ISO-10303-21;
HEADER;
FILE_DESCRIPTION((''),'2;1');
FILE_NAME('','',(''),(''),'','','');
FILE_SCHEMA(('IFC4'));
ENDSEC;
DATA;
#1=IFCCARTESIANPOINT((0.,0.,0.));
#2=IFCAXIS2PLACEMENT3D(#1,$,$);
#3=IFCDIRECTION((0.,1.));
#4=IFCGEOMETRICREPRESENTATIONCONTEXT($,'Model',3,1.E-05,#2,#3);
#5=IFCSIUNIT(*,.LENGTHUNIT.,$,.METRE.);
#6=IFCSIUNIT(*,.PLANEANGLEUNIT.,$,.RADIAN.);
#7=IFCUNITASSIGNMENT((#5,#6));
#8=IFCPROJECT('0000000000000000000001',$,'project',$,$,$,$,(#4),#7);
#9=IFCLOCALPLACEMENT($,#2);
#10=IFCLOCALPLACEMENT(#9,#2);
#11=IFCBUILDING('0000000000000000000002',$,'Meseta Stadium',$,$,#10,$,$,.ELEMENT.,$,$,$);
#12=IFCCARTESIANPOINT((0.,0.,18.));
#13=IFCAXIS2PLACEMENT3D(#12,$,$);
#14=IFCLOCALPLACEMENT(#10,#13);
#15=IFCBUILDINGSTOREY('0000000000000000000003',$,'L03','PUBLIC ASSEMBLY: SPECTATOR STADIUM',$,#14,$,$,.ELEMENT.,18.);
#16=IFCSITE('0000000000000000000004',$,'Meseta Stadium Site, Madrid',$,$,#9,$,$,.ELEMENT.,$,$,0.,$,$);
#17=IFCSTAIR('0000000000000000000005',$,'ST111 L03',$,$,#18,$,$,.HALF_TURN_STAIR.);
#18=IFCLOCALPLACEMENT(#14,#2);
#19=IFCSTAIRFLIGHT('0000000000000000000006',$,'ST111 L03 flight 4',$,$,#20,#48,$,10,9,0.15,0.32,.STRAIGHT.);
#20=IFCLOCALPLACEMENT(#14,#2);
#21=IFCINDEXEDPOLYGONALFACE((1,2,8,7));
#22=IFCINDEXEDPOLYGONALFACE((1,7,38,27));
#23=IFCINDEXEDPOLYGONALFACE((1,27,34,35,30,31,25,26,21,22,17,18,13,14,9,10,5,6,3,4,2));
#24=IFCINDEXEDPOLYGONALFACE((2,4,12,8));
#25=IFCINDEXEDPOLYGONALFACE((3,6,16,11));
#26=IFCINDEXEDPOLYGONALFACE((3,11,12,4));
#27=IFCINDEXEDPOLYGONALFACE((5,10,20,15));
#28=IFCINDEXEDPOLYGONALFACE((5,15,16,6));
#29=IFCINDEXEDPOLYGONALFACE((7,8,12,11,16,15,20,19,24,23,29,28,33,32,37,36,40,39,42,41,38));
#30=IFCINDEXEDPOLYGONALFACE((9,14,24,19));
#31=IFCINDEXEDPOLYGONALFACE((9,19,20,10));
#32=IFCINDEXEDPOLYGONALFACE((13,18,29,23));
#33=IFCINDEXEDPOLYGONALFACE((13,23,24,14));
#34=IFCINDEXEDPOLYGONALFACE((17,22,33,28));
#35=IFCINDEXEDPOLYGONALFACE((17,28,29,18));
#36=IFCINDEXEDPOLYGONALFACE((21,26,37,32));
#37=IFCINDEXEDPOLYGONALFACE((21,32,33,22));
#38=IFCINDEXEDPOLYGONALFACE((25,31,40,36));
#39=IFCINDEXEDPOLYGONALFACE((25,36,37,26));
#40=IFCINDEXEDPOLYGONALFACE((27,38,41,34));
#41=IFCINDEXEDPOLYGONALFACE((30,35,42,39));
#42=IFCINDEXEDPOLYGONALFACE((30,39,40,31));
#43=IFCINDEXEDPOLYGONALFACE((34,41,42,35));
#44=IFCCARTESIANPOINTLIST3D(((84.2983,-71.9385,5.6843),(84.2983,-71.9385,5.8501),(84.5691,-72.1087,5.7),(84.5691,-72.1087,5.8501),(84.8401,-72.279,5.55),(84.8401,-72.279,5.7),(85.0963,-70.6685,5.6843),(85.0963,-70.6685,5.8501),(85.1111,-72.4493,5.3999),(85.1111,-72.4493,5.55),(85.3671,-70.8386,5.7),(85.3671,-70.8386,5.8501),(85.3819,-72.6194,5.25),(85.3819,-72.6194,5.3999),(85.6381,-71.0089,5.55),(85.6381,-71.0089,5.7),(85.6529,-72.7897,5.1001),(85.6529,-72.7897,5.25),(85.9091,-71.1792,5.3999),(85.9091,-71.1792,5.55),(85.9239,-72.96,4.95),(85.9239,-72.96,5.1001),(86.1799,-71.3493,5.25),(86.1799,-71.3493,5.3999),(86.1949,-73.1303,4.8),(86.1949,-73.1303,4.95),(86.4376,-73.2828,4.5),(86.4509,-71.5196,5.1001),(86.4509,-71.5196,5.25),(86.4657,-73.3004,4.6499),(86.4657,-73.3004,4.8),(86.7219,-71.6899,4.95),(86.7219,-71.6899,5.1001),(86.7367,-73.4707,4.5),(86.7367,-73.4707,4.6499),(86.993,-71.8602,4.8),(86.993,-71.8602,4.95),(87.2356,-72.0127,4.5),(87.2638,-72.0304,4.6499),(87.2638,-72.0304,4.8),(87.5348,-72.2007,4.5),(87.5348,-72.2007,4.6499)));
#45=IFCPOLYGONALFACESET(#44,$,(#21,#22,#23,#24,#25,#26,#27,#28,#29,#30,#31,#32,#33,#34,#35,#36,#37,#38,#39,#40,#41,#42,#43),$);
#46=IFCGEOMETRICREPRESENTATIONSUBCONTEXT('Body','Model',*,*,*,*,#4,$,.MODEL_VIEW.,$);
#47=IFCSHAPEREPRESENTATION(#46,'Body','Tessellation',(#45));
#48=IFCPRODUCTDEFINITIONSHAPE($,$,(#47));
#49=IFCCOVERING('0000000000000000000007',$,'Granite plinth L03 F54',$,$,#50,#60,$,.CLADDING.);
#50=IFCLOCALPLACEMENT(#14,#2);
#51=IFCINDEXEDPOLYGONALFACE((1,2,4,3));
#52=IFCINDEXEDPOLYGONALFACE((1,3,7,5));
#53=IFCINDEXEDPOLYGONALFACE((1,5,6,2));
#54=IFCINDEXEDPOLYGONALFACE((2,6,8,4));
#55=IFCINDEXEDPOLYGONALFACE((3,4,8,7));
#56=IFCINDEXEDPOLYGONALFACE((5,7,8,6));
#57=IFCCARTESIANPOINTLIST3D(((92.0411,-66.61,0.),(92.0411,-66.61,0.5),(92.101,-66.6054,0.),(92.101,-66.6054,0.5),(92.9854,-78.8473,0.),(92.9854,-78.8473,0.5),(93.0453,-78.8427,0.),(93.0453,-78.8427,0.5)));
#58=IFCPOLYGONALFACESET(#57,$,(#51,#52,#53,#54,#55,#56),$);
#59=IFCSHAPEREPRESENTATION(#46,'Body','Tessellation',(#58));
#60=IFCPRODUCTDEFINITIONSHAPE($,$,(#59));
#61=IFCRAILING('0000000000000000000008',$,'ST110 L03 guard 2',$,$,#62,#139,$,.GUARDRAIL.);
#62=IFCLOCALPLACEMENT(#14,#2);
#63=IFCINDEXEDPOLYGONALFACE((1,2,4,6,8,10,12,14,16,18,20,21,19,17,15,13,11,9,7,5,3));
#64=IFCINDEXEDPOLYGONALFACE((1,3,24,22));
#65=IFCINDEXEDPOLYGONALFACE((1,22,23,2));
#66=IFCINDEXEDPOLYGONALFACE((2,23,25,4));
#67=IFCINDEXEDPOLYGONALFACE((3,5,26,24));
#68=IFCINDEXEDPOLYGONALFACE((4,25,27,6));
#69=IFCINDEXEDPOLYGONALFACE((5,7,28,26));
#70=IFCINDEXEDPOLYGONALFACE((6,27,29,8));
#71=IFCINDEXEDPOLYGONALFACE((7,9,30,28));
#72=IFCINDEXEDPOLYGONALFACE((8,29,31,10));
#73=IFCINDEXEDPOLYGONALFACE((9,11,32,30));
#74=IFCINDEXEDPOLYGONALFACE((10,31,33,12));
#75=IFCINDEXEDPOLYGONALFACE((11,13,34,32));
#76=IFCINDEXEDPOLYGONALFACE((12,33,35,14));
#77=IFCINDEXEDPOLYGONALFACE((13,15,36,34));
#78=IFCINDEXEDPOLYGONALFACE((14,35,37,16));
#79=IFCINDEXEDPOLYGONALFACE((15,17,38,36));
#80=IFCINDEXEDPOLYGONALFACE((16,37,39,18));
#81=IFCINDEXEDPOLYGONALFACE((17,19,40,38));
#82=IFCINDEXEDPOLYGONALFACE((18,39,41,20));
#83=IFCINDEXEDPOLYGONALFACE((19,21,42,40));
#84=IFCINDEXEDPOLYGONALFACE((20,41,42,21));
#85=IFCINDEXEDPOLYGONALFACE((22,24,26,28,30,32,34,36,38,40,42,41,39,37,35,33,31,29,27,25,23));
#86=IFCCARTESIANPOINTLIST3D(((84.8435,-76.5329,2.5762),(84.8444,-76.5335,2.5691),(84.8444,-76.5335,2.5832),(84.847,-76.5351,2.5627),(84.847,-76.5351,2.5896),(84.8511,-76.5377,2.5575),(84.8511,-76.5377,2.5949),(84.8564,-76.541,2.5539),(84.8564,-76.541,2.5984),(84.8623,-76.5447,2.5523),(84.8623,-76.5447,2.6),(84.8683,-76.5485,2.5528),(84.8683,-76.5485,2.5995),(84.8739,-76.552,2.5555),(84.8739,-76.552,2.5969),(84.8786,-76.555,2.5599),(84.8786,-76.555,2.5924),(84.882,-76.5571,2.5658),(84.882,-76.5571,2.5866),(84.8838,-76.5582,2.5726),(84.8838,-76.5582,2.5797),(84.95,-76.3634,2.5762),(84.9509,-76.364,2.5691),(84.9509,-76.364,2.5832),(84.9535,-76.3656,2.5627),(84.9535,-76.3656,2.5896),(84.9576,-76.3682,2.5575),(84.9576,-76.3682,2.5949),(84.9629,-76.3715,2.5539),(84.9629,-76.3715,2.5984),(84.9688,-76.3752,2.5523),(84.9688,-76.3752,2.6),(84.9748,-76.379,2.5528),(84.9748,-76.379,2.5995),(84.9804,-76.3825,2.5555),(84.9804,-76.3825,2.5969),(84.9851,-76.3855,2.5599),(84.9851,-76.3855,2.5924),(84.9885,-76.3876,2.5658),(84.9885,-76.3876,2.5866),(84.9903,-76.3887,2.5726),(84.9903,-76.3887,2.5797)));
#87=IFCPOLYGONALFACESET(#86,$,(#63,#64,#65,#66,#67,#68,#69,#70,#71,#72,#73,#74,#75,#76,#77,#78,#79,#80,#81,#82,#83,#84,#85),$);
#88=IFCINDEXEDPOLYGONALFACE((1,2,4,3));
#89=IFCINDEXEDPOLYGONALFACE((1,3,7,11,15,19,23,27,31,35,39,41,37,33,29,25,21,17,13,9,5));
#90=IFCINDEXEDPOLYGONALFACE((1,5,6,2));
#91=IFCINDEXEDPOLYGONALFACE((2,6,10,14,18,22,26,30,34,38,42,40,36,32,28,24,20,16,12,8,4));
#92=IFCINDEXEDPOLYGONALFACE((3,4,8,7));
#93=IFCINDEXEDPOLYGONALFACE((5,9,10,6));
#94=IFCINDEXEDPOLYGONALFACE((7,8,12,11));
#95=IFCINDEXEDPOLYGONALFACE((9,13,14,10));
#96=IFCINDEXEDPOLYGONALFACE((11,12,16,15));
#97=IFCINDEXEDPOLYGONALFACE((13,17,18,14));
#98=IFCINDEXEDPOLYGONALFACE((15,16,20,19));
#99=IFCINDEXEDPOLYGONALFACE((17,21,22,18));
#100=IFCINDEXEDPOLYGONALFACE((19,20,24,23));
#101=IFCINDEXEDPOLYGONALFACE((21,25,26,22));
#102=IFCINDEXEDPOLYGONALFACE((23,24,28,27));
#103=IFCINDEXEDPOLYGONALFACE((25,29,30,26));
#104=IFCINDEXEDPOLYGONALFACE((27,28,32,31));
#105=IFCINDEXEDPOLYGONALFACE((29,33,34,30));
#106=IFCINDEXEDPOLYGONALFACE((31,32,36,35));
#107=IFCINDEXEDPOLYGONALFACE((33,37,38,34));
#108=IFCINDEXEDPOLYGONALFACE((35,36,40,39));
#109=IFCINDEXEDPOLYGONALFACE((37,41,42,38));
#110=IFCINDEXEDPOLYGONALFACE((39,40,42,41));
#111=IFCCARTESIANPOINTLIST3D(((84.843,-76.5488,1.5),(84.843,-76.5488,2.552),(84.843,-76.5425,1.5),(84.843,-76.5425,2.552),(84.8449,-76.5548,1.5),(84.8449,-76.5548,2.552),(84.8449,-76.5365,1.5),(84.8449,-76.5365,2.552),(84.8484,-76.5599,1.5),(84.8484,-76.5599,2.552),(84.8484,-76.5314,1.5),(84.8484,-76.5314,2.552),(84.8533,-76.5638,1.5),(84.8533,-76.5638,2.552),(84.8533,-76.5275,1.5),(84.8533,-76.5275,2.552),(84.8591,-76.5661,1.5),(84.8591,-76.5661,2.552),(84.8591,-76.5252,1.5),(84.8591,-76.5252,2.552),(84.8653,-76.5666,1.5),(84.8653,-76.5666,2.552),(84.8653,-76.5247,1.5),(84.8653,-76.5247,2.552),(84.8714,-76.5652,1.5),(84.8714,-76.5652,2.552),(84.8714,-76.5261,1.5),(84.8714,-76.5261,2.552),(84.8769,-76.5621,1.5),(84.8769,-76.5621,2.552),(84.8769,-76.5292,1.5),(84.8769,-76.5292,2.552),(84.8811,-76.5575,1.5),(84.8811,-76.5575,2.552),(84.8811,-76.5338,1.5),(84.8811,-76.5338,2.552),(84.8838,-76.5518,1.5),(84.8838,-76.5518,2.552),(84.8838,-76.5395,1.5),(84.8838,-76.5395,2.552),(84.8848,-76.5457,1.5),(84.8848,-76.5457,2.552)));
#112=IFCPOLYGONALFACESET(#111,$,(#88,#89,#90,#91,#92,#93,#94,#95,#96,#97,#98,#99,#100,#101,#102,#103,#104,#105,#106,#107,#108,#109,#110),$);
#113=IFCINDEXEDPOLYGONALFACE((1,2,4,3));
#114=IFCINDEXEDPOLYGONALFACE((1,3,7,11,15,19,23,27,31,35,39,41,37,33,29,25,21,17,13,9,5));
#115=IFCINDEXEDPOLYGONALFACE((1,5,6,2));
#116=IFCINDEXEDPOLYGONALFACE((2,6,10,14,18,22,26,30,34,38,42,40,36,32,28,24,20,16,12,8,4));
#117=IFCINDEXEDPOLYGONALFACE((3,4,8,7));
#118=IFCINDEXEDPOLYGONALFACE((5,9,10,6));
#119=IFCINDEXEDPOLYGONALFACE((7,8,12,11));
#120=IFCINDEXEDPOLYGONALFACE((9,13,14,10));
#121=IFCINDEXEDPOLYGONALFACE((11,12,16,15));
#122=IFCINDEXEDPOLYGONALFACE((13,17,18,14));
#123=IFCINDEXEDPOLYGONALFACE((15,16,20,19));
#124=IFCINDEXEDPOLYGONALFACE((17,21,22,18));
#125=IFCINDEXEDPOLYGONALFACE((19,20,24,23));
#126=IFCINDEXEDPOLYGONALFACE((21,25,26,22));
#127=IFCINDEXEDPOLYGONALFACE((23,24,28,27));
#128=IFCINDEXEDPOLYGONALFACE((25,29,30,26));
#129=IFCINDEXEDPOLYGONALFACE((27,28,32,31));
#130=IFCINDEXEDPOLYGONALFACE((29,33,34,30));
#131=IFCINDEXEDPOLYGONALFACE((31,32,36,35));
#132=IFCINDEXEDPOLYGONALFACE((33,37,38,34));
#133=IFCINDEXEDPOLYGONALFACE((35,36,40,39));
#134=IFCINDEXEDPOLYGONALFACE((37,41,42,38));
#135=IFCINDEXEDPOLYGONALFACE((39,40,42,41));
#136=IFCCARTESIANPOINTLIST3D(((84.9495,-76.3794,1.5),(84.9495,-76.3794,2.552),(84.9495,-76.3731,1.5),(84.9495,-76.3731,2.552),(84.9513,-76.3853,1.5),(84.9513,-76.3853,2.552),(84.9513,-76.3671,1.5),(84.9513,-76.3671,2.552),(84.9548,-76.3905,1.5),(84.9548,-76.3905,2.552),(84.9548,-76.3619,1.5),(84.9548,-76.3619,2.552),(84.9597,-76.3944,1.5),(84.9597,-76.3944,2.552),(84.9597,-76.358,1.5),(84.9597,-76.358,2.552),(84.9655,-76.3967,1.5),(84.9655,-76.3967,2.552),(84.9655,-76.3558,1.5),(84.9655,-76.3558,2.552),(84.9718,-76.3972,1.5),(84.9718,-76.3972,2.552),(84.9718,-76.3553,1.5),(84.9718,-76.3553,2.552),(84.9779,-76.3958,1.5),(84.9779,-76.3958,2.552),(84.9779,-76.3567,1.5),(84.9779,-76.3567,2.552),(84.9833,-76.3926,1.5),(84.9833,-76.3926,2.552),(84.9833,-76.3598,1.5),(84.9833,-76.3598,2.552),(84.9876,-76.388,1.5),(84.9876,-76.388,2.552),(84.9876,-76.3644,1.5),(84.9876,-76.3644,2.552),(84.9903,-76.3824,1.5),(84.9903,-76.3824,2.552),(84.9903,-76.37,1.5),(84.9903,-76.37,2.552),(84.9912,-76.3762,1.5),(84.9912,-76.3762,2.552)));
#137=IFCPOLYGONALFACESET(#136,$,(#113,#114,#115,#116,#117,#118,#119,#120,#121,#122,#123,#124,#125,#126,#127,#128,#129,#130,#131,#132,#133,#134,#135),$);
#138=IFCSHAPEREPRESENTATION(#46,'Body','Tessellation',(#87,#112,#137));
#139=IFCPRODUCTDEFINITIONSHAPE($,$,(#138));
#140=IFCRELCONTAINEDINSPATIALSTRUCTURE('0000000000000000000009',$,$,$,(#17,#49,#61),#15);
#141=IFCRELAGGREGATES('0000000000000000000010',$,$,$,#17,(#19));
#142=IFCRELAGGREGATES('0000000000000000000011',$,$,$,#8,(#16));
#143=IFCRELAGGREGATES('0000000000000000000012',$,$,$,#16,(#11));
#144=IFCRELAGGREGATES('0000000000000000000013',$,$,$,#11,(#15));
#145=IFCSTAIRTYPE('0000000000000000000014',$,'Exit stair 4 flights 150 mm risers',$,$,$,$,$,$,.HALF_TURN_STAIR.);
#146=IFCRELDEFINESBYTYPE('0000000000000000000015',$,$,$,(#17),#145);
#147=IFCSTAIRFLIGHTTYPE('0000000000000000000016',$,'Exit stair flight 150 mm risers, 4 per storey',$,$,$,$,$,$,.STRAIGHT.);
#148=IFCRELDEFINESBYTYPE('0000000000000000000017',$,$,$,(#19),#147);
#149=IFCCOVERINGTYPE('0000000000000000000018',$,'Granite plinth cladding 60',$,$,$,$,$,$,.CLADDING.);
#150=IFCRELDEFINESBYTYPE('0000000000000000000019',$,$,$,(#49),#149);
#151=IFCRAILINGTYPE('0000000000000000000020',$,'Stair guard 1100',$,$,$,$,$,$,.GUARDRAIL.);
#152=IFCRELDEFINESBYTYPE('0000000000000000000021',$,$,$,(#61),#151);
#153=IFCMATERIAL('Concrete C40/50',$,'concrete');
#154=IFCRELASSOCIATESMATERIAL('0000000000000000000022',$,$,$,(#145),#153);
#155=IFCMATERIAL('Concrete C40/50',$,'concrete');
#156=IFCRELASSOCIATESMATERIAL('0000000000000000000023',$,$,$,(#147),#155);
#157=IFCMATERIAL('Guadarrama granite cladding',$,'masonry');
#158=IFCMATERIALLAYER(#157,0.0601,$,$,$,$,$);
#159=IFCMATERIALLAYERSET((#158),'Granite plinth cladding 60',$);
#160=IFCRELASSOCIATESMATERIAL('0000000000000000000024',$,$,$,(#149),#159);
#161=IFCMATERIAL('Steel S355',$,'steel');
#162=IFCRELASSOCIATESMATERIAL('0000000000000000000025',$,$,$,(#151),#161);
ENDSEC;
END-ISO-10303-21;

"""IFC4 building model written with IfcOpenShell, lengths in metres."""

from ifc_helpers import new_model, si_unit, direction, frame, origin, origin_2d, place, context, subcontext, project, spatial, polyline, rectangle, circle, outline, extrude, material, layer, layer_set, type_object, element, aggregate, save


model = new_model("IFC4")

# Units and contexts
model_context = context("Model", 3, precision=1e-05, world=origin(), true_north=direction((0.0, 1.0)))
body_context = subcontext(model_context, "Body", "Model", "MODEL_VIEW")
ifc_project = project(units=[si_unit("LENGTHUNIT", "METRE"), si_unit("PLANEANGLEUNIT", "RADIAN")], contexts=[model_context])

# Site, building, storey
site_placement = place(None, origin())
site = spatial("IfcSite", under=ifc_project, at=site_placement, Name="Meseta Stadium Site, Madrid", CompositionType="ELEMENT", RefElevation=0.0)
building_placement = place(site_placement, origin())
building = spatial("IfcBuilding", under=site, at=building_placement, Name="Meseta Stadium", CompositionType="ELEMENT")
storey_placement = place(building_placement, frame((0.0, 0.0, 18.0)))
storey = spatial("IfcBuildingStorey", under=building, at=storey_placement, Name="L03", Description="PUBLIC ASSEMBLY: SPECTATOR STADIUM", CompositionType="ELEMENT", Elevation=18.0)

# Stair, stair flight
ifc_material_1 = material(Name="Concrete C40/50", Category="concrete")
stair_type = type_object("IfcStairType", Name="Exit stair 4 flights 150 mm risers", PredefinedType="HALF_TURN_STAIR", material=ifc_material_1)
ifc_material_2 = material(Name="Concrete C40/50", Category="concrete")
stair_flight_type = type_object("IfcStairFlightType", Name="Exit stair flight 150 mm risers, 4 per storey", PredefinedType="STRAIGHT", material=ifc_material_2)
stair_1_placement = place(storey_placement, origin())
stair_1 = element("IfcStair", 1, at=stair_1_placement, inside=storey, type_object=stair_type, Name="ST111 L03", PredefinedType="HALF_TURN_STAIR")
stair_flight_1_placement = place(storey_placement, frame((87.1357, -72.8357, 4.5), z_axis=(0.0, 0.0, 1.0), x_axis=(-0.846724, 0.532032, 0.0)))
stair_flight_1 = element("IfcStairFlight", 2, at=stair_flight_1_placement, type_object=stair_flight_type, Name="ST111 L03 flight 4", NumberOfRisers=10, NumberOfTreads=9, PredefinedType="STRAIGHT", RiserHeight=0.15, TreadLength=0.32, context=body_context, shape_type="SweptSolid", body=[
    extrude(outline(polyline([(0.0, 0.0), (0.0, 0.1499), (0.3201, 0.1499), (0.3201, 0.3), (0.6399, 0.3), (0.6399, 0.45), (0.96, 0.45), (0.96, 0.6001), (1.28, 0.6001), (1.28, 0.75), (1.6001, 0.75), (1.6001, 0.8999), (1.9199, 0.8999), (1.9199, 1.05), (2.24, 1.05), (2.24, 1.2), (2.5601, 1.2), (2.5601, 1.3501), (2.8799, 1.3501), (2.8799, 1.1843), (0.3533, 0.0), (0.0, 0.0)])), frame((0.0, 0.75, 0.0), z_axis=(0.0, -1.0, 0.0), x_axis=(1.0, 0.0, 0.0)), (0.0, 0.0, 1.0), 1.5),
])
aggregate(stair_1, [stair_flight_1])

# Covering
ifc_material_3 = material(Name="Guadarrama granite cladding", Category="masonry")
ifc_layer_1 = layer(ifc_material_3, 0.0601)
ifc_layer_set_1 = layer_set([ifc_layer_1], Name="Granite plinth cladding 60")
covering_type_1 = type_object("IfcCoveringType", Name="Granite plinth cladding 60", PredefinedType="CLADDING", material=ifc_layer_set_1)
covering_1_placement = place(storey_placement, frame((92.5432, -72.7263, 0.0), z_axis=(0.0, 0.0, 1.0), x_axis=(0.076937, -0.997036, 0.0)))
element("IfcCovering", 3, at=covering_1_placement, inside=storey, type_object=covering_type_1, Name="Granite plinth L03 F54", PredefinedType="CLADDING", context=body_context, shape_type="SweptSolid", body=[
    extrude(rectangle(XDim=12.2737, YDim=0.0601, at=origin_2d()), origin(), (0.0, 0.0, 1.0), 0.5),
])

# Railing
ifc_material_4 = material(Name="Steel S355", Category="steel")
railing_type_1 = type_object("IfcRailingType", Name="Stair guard 1100", PredefinedType="GUARDRAIL", material=ifc_material_4)
railing_1_placement = place(storey_placement, frame((84.8638, -76.5457, 1.5)))
element("IfcRailing", 4, at=railing_1_placement, inside=storey, type_object=railing_type_1, Name="ST110 L03 guard 2", PredefinedType="GUARDRAIL", context=body_context, shape_type="SweptSolid", body=[
    extrude(circle(Radius=0.0239, at=origin_2d()), frame((0.0, 0.0, 1.0762), z_axis=(0.531972, 0.846762, 0.0), x_axis=(-0.846762, 0.531972, 0.0)), (0.0, 0.0, 1.0), 0.2002),
    extrude(circle(Radius=0.021, at=origin_2d()), origin(), (0.0, 0.0, 1.0), 1.052),
    extrude(circle(Radius=0.021, at=origin_2d()), frame((0.1064, 0.1694, 0.0)), (0.0, 0.0, 1.0), 1.052),
])

save(model, "model.ifc")
